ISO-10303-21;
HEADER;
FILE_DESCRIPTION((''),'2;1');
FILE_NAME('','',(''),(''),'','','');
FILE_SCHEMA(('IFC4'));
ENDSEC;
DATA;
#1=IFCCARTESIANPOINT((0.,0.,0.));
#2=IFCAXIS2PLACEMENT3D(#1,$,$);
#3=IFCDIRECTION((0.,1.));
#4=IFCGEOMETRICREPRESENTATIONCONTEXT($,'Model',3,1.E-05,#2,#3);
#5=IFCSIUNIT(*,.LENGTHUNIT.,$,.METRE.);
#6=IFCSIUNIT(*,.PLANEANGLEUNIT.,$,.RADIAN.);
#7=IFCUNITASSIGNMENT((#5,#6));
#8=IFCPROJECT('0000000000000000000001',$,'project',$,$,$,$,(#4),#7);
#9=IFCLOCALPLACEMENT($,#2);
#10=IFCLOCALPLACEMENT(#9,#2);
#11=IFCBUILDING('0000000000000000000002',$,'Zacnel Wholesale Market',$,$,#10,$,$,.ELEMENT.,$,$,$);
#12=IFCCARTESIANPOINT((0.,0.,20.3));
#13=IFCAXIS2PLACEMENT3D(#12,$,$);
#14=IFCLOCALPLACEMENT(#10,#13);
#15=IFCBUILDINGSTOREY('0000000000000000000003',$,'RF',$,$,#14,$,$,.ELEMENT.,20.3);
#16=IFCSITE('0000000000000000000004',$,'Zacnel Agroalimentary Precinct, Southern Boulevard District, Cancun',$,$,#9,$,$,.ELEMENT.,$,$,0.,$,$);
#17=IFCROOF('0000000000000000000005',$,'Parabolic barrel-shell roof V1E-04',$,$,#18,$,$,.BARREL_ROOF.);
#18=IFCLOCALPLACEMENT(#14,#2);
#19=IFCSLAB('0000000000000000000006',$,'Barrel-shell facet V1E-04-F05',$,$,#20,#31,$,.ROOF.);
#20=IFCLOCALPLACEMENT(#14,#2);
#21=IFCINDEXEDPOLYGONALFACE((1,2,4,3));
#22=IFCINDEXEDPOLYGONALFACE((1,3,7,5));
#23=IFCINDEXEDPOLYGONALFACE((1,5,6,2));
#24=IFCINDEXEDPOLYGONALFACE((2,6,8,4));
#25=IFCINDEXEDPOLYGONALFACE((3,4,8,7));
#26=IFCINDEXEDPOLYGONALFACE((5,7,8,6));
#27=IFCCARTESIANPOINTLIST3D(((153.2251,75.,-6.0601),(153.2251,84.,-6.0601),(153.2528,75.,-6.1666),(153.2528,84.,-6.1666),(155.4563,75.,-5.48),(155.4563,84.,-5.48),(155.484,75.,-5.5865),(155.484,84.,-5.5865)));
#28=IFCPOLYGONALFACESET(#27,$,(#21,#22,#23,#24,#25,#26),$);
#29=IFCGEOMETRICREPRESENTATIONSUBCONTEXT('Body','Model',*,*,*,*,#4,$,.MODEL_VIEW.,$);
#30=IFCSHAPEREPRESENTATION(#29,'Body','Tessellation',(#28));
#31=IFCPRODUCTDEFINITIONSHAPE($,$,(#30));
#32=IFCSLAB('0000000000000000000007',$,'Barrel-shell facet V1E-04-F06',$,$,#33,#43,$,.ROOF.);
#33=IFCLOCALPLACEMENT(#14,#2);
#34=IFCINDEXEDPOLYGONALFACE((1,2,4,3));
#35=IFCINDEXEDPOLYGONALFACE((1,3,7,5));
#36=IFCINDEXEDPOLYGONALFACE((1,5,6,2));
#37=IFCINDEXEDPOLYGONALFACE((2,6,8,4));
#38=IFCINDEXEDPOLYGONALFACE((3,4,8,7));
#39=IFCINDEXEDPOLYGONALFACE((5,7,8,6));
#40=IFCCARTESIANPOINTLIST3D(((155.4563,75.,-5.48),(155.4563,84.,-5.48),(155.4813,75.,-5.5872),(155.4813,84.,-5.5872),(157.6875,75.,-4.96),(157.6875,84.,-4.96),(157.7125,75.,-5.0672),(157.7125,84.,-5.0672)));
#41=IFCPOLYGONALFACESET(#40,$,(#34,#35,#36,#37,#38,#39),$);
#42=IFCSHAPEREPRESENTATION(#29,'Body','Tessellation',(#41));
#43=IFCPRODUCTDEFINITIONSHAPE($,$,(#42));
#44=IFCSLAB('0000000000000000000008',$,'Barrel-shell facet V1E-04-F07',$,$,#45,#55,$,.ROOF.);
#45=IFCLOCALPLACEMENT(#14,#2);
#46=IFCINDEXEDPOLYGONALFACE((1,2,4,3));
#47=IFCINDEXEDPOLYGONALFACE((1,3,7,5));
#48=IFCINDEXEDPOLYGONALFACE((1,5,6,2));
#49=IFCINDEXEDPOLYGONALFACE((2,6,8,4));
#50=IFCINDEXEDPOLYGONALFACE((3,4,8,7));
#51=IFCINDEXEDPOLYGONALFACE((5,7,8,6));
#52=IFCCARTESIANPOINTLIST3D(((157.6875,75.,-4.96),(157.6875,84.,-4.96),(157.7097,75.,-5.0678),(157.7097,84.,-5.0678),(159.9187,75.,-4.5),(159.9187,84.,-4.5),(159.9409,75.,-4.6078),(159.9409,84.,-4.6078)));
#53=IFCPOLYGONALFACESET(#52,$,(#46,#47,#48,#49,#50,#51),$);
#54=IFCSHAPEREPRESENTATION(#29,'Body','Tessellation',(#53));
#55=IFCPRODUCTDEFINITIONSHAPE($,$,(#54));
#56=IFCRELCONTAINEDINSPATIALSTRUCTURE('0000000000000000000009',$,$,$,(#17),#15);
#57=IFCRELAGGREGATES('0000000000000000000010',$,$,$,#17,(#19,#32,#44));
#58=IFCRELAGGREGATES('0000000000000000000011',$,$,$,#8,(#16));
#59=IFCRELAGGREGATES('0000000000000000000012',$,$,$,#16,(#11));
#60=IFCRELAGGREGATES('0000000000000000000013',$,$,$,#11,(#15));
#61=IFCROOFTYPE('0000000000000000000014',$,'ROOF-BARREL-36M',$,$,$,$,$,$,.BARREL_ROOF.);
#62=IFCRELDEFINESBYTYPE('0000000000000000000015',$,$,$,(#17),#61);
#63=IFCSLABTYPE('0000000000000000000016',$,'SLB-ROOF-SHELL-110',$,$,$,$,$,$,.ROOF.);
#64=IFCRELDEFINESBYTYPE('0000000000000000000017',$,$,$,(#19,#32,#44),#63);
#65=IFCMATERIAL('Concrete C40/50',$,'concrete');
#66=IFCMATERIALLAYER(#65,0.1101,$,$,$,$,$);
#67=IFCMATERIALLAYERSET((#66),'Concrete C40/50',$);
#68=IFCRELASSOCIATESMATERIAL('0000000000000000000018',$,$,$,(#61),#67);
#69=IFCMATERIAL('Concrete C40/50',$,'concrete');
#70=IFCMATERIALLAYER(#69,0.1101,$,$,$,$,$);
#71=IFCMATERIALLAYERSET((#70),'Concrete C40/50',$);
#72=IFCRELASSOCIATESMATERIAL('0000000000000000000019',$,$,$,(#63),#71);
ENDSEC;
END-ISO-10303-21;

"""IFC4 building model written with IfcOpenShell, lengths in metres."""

from ifc_helpers import new_model, si_unit, direction, frame, origin, place, context, subcontext, project, spatial, polyline, outline, extrude, material, layer, layer_set, type_object, element, aggregate, save


model = new_model("IFC4")

# Units and contexts
model_context = context("Model", 3, precision=1e-05, world=origin(), true_north=direction((0.0, 1.0)))
body_context = subcontext(model_context, "Body", "Model", "MODEL_VIEW")
ifc_project = project(units=[si_unit("LENGTHUNIT", "METRE"), si_unit("PLANEANGLEUNIT", "RADIAN")], contexts=[model_context])

# Site, building, storey
site_placement = place(None, origin())
site = spatial("IfcSite", under=ifc_project, at=site_placement, Name="Zacnel Agroalimentary Precinct, Southern Boulevard District, Cancun", CompositionType="ELEMENT", RefElevation=0.0)
building_placement = place(site_placement, origin())
building = spatial("IfcBuilding", under=site, at=building_placement, Name="Zacnel Wholesale Market", CompositionType="ELEMENT")
storey_placement = place(building_placement, frame((0.0, 0.0, 20.3)))
storey = spatial("IfcBuildingStorey", under=building, at=storey_placement, Name="RF", CompositionType="ELEMENT", Elevation=20.3)

# Roof, slabs
ifc_material_1 = material(Name="Concrete C40/50", Category="concrete")
ifc_layer_1 = layer(ifc_material_1, 0.1101)
ifc_layer_set_1 = layer_set([ifc_layer_1], Name="Concrete C40/50")
roof_type = type_object("IfcRoofType", Name="ROOF-BARREL-36M", PredefinedType="BARREL_ROOF", material=ifc_layer_set_1)
ifc_material_2 = material(Name="Concrete C40/50", Category="concrete")
ifc_layer_2 = layer(ifc_material_2, 0.1101)
ifc_layer_set_2 = layer_set([ifc_layer_2], Name="Concrete C40/50")
slab_type = type_object("IfcSlabType", Name="SLB-ROOF-SHELL-110", PredefinedType="ROOF", material=ifc_layer_set_2)
roof_1_placement = place(storey_placement, origin())
roof_1 = element("IfcRoof", 1, at=roof_1_placement, inside=storey, type_object=roof_type, Name="Parabolic barrel-shell roof V1E-04", PredefinedType="BARREL_ROOF")
slab_1_placement = place(storey_placement, frame((153.2251, 75.0, -6.0601), z_axis=(-0.25162, 0.0, 0.967826), x_axis=(0.0, 1.0, 0.0)))
slab_1 = element("IfcSlab", 2, at=slab_1_placement, type_object=slab_type, Name="Barrel-shell facet V1E-04-F05", PredefinedType="ROOF", context=body_context, shape_type="SweptSolid", body=[
    extrude(outline(polyline([(0.0, 0.0), (9.0, 0.0), (9.0, -2.3054), (0.0, -2.3054), (0.0, 0.0)])), origin(), (0.0, 0.0, -1.0), 0.1101),
])
slab_2_placement = place(storey_placement, frame((155.4563, 75.0, -5.48), z_axis=(-0.226984, 0.0, 0.973899), x_axis=(0.0, 1.0, 0.0)))
slab_2 = element("IfcSlab", 3, at=slab_2_placement, type_object=slab_type, Name="Barrel-shell facet V1E-04-F06", PredefinedType="ROOF", context=body_context, shape_type="SweptSolid", body=[
    extrude(outline(polyline([(0.0, 0.0), (9.0, 0.0), (9.0, -2.291), (0.0, -2.291), (0.0, 0.0)])), origin(), (0.0, 0.0, -1.0), 0.1101),
])
slab_3_placement = place(storey_placement, frame((157.6875, 75.0, -4.96), z_axis=(-0.201904, 0.0, 0.979405), x_axis=(0.0, 1.0, 0.0)))
slab_3 = element("IfcSlab", 4, at=slab_3_placement, type_object=slab_type, Name="Barrel-shell facet V1E-04-F07", PredefinedType="ROOF", context=body_context, shape_type="SweptSolid", body=[
    extrude(outline(polyline([(0.0, 0.0), (9.0, 0.0), (9.0, -2.2781), (0.0, -2.2781), (0.0, 0.0)])), origin(), (0.0, 0.0, -1.0), 0.1101),
])
aggregate(roof_1, [slab_1, slab_2, slab_3])

save(model, "model.ifc")
